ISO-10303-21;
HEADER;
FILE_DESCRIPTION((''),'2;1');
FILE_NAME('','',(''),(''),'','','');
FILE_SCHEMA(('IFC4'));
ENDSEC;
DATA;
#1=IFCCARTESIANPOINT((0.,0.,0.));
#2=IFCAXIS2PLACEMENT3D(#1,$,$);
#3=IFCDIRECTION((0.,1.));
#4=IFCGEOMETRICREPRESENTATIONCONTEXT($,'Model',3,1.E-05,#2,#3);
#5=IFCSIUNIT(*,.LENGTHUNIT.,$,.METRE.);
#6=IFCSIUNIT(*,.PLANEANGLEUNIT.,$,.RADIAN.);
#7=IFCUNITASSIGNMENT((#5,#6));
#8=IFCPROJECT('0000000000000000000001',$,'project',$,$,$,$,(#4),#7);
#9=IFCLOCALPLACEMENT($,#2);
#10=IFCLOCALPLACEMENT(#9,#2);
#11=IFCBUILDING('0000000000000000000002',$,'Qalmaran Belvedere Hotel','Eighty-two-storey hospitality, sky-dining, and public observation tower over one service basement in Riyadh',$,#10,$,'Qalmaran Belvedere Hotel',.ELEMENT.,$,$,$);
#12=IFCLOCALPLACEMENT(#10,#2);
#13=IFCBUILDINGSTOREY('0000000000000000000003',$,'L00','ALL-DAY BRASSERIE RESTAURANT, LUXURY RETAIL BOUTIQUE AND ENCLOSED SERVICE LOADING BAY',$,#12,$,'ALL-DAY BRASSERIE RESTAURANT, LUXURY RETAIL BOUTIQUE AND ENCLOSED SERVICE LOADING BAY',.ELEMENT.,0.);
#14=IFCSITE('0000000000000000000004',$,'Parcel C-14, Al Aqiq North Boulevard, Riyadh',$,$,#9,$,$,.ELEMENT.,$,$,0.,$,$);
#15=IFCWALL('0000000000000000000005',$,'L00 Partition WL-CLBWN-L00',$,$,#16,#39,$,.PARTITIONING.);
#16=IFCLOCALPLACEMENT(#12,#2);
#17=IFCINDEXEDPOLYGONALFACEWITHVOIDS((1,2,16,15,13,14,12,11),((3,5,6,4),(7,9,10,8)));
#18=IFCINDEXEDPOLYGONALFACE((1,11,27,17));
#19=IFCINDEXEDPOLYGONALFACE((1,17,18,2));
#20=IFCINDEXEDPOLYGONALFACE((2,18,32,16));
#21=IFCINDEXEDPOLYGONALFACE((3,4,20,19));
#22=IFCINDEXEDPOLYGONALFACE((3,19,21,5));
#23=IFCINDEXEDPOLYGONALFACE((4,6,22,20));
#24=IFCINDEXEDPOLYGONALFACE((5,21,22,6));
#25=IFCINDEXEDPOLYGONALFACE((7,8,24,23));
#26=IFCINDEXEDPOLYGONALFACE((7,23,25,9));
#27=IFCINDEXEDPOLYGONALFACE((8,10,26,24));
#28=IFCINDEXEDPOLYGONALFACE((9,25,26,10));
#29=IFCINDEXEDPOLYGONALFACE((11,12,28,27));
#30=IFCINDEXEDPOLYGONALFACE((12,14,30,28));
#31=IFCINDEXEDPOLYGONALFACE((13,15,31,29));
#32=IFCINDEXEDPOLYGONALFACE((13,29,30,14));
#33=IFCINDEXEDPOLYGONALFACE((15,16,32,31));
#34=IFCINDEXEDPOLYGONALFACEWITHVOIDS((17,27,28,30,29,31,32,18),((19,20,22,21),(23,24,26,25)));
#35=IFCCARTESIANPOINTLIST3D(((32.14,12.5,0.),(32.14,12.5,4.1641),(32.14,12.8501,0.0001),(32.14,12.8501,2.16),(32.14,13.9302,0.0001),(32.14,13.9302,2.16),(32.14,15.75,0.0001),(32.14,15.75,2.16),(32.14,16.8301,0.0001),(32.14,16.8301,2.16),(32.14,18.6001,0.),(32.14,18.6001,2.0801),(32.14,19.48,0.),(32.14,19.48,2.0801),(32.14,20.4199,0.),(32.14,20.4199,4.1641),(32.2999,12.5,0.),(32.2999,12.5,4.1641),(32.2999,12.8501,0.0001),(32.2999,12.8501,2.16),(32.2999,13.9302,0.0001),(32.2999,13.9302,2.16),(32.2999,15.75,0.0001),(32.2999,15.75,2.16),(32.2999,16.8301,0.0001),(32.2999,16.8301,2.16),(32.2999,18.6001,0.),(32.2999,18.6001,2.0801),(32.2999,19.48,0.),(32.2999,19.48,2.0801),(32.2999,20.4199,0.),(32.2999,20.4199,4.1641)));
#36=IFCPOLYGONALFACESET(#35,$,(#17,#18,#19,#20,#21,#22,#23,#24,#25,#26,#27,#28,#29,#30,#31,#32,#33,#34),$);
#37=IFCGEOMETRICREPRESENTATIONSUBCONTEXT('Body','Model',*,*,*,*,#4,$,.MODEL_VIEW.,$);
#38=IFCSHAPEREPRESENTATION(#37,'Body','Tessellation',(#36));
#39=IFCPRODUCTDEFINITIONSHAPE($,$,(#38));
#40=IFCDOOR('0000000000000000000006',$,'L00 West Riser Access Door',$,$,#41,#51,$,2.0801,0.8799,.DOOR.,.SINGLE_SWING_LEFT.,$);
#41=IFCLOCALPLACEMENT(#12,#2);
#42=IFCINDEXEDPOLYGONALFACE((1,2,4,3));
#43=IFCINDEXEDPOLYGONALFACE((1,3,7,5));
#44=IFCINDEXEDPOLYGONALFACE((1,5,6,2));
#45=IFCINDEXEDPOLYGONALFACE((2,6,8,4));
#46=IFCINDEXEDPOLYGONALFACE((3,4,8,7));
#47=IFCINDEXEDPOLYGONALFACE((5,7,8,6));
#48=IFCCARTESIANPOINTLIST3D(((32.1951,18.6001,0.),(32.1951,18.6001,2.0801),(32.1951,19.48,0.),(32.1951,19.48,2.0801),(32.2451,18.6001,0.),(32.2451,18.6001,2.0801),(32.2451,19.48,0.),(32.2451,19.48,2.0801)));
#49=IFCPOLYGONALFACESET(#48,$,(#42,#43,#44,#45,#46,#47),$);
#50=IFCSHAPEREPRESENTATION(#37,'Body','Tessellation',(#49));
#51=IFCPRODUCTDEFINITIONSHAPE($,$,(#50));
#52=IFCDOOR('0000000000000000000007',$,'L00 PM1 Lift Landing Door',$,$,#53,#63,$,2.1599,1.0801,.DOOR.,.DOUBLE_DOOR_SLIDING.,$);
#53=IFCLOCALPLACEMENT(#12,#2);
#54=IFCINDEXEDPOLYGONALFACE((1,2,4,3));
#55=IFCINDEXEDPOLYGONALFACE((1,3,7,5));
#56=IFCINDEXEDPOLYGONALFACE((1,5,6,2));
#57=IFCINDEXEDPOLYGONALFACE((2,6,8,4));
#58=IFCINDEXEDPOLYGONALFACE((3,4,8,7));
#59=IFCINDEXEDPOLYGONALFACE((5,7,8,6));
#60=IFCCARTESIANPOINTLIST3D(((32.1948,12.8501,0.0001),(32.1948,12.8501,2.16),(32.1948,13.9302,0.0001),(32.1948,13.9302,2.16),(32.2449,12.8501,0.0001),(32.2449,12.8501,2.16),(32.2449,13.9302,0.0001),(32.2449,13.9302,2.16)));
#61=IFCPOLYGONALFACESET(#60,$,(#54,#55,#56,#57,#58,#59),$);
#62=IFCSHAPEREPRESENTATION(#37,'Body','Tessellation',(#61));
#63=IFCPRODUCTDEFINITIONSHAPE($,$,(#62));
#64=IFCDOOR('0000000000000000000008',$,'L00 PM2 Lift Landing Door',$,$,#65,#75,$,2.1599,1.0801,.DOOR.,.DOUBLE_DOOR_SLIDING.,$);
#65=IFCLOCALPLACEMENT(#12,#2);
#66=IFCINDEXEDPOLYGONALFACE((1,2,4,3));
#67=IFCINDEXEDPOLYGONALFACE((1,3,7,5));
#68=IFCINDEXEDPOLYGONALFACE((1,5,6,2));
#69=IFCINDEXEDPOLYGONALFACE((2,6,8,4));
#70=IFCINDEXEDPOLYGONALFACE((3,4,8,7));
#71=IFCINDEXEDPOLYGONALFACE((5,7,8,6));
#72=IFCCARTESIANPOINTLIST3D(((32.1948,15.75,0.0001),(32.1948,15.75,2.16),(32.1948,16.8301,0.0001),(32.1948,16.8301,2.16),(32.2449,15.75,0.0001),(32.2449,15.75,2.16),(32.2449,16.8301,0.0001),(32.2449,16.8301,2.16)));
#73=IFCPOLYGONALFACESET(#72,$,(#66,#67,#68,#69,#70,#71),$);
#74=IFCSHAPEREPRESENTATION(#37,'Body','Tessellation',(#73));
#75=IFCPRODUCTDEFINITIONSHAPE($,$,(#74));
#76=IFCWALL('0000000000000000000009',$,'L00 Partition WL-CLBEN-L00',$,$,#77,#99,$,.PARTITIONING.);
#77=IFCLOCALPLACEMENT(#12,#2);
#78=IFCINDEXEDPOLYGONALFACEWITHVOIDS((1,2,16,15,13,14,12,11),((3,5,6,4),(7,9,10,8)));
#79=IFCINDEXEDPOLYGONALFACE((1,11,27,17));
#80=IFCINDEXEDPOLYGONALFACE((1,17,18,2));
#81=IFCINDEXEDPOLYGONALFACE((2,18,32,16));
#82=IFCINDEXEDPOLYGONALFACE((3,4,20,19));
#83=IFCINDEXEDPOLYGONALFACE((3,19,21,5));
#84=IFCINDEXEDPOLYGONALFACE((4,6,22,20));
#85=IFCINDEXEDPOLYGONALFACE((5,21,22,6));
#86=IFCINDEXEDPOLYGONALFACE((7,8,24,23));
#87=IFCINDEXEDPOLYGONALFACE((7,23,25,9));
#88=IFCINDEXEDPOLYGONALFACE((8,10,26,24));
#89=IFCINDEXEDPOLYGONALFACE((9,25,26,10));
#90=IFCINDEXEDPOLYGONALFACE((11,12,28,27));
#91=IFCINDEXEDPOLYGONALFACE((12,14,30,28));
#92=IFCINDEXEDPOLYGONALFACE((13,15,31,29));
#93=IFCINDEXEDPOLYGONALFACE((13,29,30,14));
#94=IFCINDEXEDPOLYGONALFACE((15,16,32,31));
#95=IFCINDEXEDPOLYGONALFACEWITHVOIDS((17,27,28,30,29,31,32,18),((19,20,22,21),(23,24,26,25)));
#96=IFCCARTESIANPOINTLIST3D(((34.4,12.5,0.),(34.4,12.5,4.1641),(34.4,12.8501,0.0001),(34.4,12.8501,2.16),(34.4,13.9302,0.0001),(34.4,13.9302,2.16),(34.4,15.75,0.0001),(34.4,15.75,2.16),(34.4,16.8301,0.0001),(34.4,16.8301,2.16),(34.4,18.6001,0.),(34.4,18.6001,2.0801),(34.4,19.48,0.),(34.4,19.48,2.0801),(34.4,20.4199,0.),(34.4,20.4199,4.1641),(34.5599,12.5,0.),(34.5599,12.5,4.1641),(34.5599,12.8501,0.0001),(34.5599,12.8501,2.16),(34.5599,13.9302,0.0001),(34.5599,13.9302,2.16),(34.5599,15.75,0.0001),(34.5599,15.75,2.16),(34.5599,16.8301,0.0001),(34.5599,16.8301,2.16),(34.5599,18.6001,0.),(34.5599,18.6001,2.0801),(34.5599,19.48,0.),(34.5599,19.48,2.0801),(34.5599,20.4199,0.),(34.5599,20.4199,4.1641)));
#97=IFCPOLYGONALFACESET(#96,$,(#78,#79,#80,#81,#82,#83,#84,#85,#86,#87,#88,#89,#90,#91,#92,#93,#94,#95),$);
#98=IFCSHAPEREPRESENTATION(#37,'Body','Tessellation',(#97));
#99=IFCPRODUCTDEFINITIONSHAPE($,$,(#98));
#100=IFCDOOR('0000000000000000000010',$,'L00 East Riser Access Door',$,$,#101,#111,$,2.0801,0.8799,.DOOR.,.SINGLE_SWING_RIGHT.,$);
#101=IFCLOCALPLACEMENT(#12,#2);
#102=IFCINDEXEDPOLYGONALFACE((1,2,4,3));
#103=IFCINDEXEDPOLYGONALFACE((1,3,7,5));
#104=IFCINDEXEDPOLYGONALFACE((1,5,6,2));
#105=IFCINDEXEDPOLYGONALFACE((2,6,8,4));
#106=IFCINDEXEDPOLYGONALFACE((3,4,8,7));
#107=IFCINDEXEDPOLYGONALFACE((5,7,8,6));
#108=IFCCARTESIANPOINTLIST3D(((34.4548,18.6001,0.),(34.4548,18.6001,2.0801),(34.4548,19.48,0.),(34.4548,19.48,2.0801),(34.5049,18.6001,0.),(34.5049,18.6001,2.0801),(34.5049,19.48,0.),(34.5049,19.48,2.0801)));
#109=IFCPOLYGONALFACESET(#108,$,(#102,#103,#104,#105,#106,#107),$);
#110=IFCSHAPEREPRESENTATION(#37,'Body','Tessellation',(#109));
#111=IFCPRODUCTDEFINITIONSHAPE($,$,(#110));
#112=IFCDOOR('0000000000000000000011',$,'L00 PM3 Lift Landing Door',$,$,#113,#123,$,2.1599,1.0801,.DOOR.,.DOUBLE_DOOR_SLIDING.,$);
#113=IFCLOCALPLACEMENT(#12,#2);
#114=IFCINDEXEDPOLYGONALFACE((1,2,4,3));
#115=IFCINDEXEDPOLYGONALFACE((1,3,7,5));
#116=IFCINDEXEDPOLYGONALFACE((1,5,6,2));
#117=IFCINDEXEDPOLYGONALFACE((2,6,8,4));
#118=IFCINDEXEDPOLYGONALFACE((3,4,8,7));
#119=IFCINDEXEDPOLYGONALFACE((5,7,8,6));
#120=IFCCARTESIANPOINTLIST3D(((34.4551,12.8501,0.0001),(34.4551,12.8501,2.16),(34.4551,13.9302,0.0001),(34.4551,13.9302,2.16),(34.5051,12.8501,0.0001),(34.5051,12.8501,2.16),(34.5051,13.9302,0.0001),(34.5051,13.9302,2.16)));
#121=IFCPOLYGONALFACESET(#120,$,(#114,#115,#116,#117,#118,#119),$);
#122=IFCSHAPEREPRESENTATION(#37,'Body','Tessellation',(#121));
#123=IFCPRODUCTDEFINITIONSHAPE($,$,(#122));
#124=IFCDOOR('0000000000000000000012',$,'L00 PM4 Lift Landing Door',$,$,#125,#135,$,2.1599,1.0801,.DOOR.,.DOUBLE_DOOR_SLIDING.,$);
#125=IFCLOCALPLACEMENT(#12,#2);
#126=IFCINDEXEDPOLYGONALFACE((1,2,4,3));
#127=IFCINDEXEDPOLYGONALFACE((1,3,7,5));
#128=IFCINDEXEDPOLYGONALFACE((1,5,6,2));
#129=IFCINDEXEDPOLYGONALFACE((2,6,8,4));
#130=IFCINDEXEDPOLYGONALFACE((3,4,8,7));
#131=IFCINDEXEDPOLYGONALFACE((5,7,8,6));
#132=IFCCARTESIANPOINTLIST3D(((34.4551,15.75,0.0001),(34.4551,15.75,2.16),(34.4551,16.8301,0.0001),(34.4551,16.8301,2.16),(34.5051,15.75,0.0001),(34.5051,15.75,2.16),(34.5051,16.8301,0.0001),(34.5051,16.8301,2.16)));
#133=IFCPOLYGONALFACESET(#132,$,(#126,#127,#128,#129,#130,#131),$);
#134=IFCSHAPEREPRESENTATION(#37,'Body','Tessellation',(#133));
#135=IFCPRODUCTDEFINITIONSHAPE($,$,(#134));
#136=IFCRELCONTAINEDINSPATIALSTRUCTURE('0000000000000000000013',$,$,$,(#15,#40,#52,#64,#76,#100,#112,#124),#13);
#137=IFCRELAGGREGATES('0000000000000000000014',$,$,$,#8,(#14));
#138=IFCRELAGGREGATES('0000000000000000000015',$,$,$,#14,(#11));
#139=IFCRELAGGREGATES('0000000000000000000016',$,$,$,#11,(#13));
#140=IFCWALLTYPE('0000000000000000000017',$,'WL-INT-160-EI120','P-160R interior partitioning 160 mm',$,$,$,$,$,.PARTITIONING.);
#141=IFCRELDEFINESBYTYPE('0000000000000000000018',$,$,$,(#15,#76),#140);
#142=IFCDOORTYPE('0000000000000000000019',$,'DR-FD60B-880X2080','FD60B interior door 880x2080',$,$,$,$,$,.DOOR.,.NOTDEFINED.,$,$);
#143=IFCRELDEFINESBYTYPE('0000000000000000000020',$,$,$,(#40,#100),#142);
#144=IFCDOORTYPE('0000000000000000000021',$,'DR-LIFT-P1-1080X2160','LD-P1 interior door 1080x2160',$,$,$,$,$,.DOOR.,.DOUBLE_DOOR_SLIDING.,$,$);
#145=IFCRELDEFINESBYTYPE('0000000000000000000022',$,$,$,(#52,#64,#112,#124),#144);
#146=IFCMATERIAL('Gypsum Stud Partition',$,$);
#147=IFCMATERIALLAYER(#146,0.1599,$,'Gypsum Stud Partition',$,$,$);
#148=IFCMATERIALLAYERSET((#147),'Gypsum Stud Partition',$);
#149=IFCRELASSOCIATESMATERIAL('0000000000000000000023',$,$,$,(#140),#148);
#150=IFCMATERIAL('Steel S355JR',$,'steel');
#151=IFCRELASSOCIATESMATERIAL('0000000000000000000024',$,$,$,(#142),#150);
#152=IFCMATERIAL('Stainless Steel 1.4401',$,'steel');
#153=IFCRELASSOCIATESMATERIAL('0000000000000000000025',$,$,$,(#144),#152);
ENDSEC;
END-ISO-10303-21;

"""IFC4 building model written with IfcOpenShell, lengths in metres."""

from ifc_helpers import new_model, si_unit, direction, frame, frame_2d, origin, place, context, subcontext, project, spatial, rectangle, extrude, material, layer, layer_set, type_object, element, fill, save


model = new_model("IFC4")

# Units and contexts
model_context = context("Model", 3, precision=1e-05, world=origin(), true_north=direction((0.0, 1.0)))
body_context = subcontext(model_context, "Body", "Model", "MODEL_VIEW")
ifc_project = project(units=[si_unit("LENGTHUNIT", "METRE"), si_unit("PLANEANGLEUNIT", "RADIAN")], contexts=[model_context])

# Site, building, storey
site_placement = place(None, origin())
site = spatial("IfcSite", under=ifc_project, at=site_placement, Name="Parcel C-14, Al Aqiq North Boulevard, Riyadh", CompositionType="ELEMENT", RefElevation=0.0)
building_placement = place(site_placement, origin())
building = spatial("IfcBuilding", under=site, at=building_placement, Name="Qalmaran Belvedere Hotel", Description="Eighty-two-storey hospitality, sky-dining, and public observation tower over one service basement in Riyadh", LongName="Qalmaran Belvedere Hotel", CompositionType="ELEMENT")
storey_placement = place(building_placement, origin())
storey = spatial("IfcBuildingStorey", under=building, at=storey_placement, Name="L00", Description="ALL-DAY BRASSERIE RESTAURANT, LUXURY RETAIL BOUTIQUE AND ENCLOSED SERVICE LOADING BAY", LongName="ALL-DAY BRASSERIE RESTAURANT, LUXURY RETAIL BOUTIQUE AND ENCLOSED SERVICE LOADING BAY", CompositionType="ELEMENT", Elevation=0.0)

# Shared definitions
ifc_material_1 = material(Name="Gypsum Stud Partition")

# Shared definitions
ifc_layer_1 = layer(ifc_material_1, 0.1599, Name="Gypsum Stud Partition")
ifc_layer_set_1 = layer_set([ifc_layer_1], Name="Gypsum Stud Partition")
wall_type_1 = type_object("IfcWallType", Name="WL-INT-160-EI120", Description="P-160R interior partitioning 160 mm", PredefinedType="PARTITIONING", material=ifc_layer_set_1)

# Walls, openings, doors
wall_1_placement = place(storey_placement, frame((32.22, 12.5, 0.0), z_axis=(0.0, 0.0, 1.0), x_axis=(0.0, 1.0, 0.0)))
wall_1 = element("IfcWall", 1, at=wall_1_placement, inside=storey, type_object=wall_type_1, Name="L00 Partition WL-CLBWN-L00", PredefinedType="PARTITIONING", context=body_context, shape_type="SweptSolid", body=[
    extrude(rectangle(XDim=7.9199, YDim=0.1599, at=frame_2d((3.96, 0.0))), origin(), (0.0, 0.0, 1.0), 4.1641),
])
opening_1_placement = place(wall_1_placement, frame((1.4302, 0.0, 0.0), z_axis=(0.0, 0.0, 1.0), x_axis=(-1.0, 0.0, 0.0)))
opening_1 = element("IfcOpeningElement", 2, at=opening_1_placement, cuts=wall_1, PredefinedType="OPENING", context=body_context, shape_type="SweptSolid", body=[
    extrude(rectangle(XDim=1.0801, YDim=2.1599, at=frame_2d((0.54, 1.0801))), frame((0.0, 0.0898, 0.0), z_axis=(0.0, -1.0, 0.0), x_axis=(1.0, 0.0, 0.0)), (0.0, 0.0, 1.0), 0.1799),
])
opening_2_placement = place(wall_1_placement, frame((4.3301, 0.0, 0.0), z_axis=(0.0, 0.0, 1.0), x_axis=(-1.0, 0.0, 0.0)))
opening_2 = element("IfcOpeningElement", 3, at=opening_2_placement, cuts=wall_1, PredefinedType="OPENING", context=body_context, shape_type="SweptSolid", body=[
    extrude(rectangle(XDim=1.0801, YDim=2.1599, at=frame_2d((0.54, 1.0801))), frame((0.0, 0.0898, 0.0), z_axis=(0.0, -1.0, 0.0), x_axis=(1.0, 0.0, 0.0)), (0.0, 0.0, 1.0), 0.1799),
])
opening_3_placement = place(wall_1_placement, frame((6.1001, 0.0, 0.0)))
opening_3 = element("IfcOpeningElement", 4, at=opening_3_placement, cuts=wall_1, PredefinedType="OPENING", context=body_context, shape_type="SweptSolid", body=[
    extrude(rectangle(XDim=0.8799, YDim=2.0801, at=frame_2d((0.4399, 1.04))), frame((0.0, 0.0898, 0.0), z_axis=(0.0, -1.0, 0.0), x_axis=(1.0, 0.0, 0.0)), (0.0, 0.0, 1.0), 0.1799),
])
ifc_material_2 = material(Name="Steel S355JR", Category="steel")
door_type_1 = type_object("IfcDoorType", Name="DR-FD60B-880X2080", Description="FD60B interior door 880x2080", OperationType="NOTDEFINED", PredefinedType="DOOR", material=ifc_material_2)
door_1_placement = place(opening_3_placement, origin())
door_1 = element("IfcDoor", 5, at=door_1_placement, inside=storey, type_object=door_type_1, Name="L00 West Riser Access Door", OperationType="SINGLE_SWING_LEFT", OverallHeight=2.0801, OverallWidth=0.8799, PredefinedType="DOOR", context=body_context, shape_type="SweptSolid", body=[
    extrude(rectangle(XDim=0.8799, YDim=2.0801, at=frame_2d((0.4399, 1.04))), frame((0.0, 0.0249, 0.0), z_axis=(0.0, -1.0, 0.0), x_axis=(1.0, 0.0, 0.0)), (0.0, 0.0, 1.0), 0.05),
])
fill(opening_3, door_1)
ifc_material_3 = material(Name="Stainless Steel 1.4401", Category="steel")
door_type_2 = type_object("IfcDoorType", Name="DR-LIFT-P1-1080X2160", Description="LD-P1 interior door 1080x2160", OperationType="DOUBLE_DOOR_SLIDING", PredefinedType="DOOR", material=ifc_material_3)
door_2_placement = place(opening_1_placement, origin())
door_2 = element("IfcDoor", 6, at=door_2_placement, inside=storey, type_object=door_type_2, Name="L00 PM1 Lift Landing Door", OperationType="DOUBLE_DOOR_SLIDING", OverallHeight=2.1599, OverallWidth=1.0801, PredefinedType="DOOR", context=body_context, shape_type="SweptSolid", body=[
    extrude(rectangle(XDim=1.0801, YDim=2.1599, at=frame_2d((0.54, 1.0801))), frame((0.0, 0.0249, 0.0), z_axis=(0.0, -1.0, 0.0), x_axis=(1.0, 0.0, 0.0)), (0.0, 0.0, 1.0), 0.05),
])
fill(opening_1, door_2)
door_3_placement = place(opening_2_placement, origin())
door_3 = element("IfcDoor", 7, at=door_3_placement, inside=storey, type_object=door_type_2, Name="L00 PM2 Lift Landing Door", OperationType="DOUBLE_DOOR_SLIDING", OverallHeight=2.1599, OverallWidth=1.0801, PredefinedType="DOOR", context=body_context, shape_type="SweptSolid", body=[
    extrude(rectangle(XDim=1.0801, YDim=2.1599, at=frame_2d((0.54, 1.0801))), frame((0.0, 0.0249, 0.0), z_axis=(0.0, -1.0, 0.0), x_axis=(1.0, 0.0, 0.0)), (0.0, 0.0, 1.0), 0.05),
])
fill(opening_2, door_3)
wall_2_placement = place(storey_placement, frame((34.48, 12.5, 0.0), z_axis=(0.0, 0.0, 1.0), x_axis=(0.0, 1.0, 0.0)))
wall_2 = element("IfcWall", 8, at=wall_2_placement, inside=storey, type_object=wall_type_1, Name="L00 Partition WL-CLBEN-L00", PredefinedType="PARTITIONING", context=body_context, shape_type="SweptSolid", body=[
    extrude(rectangle(XDim=7.9199, YDim=0.1599, at=frame_2d((3.96, 0.0))), origin(), (0.0, 0.0, 1.0), 4.1641),
])
opening_4_placement = place(wall_2_placement, frame((0.3501, 0.0, 0.0)))
opening_4 = element("IfcOpeningElement", 9, at=opening_4_placement, cuts=wall_2, PredefinedType="OPENING", context=body_context, shape_type="SweptSolid", body=[
    extrude(rectangle(XDim=1.0801, YDim=2.1599, at=frame_2d((0.54, 1.0801))), frame((0.0, 0.0898, 0.0), z_axis=(0.0, -1.0, 0.0), x_axis=(1.0, 0.0, 0.0)), (0.0, 0.0, 1.0), 0.1799),
])
opening_5_placement = place(wall_2_placement, frame((3.25, 0.0, 0.0)))
opening_5 = element("IfcOpeningElement", 10, at=opening_5_placement, cuts=wall_2, PredefinedType="OPENING", context=body_context, shape_type="SweptSolid", body=[
    extrude(rectangle(XDim=1.0801, YDim=2.1599, at=frame_2d((0.54, 1.0801))), frame((0.0, 0.0898, 0.0), z_axis=(0.0, -1.0, 0.0), x_axis=(1.0, 0.0, 0.0)), (0.0, 0.0, 1.0), 0.1799),
])
opening_6_placement = place(wall_2_placement, frame((6.98, 0.0, 0.0), z_axis=(0.0, 0.0, 1.0), x_axis=(-1.0, 0.0, 0.0)))
opening_6 = element("IfcOpeningElement", 11, at=opening_6_placement, cuts=wall_2, PredefinedType="OPENING", context=body_context, shape_type="SweptSolid", body=[
    extrude(rectangle(XDim=0.8799, YDim=2.0801, at=frame_2d((0.4399, 1.04))), frame((0.0, 0.0898, 0.0), z_axis=(0.0, -1.0, 0.0), x_axis=(1.0, 0.0, 0.0)), (0.0, 0.0, 1.0), 0.1799),
])
door_4_placement = place(opening_6_placement, origin())
door_4 = element("IfcDoor", 12, at=door_4_placement, inside=storey, type_object=door_type_1, Name="L00 East Riser Access Door", OperationType="SINGLE_SWING_RIGHT", OverallHeight=2.0801, OverallWidth=0.8799, PredefinedType="DOOR", context=body_context, shape_type="SweptSolid", body=[
    extrude(rectangle(XDim=0.8799, YDim=2.0801, at=frame_2d((0.4399, 1.04))), frame((0.0, 0.0249, 0.0), z_axis=(0.0, -1.0, 0.0), x_axis=(1.0, 0.0, 0.0)), (0.0, 0.0, 1.0), 0.05),
])
fill(opening_6, door_4)
door_5_placement = place(opening_4_placement, origin())
door_5 = element("IfcDoor", 13, at=door_5_placement, inside=storey, type_object=door_type_2, Name="L00 PM3 Lift Landing Door", OperationType="DOUBLE_DOOR_SLIDING", OverallHeight=2.1599, OverallWidth=1.0801, PredefinedType="DOOR", context=body_context, shape_type="SweptSolid", body=[
    extrude(rectangle(XDim=1.0801, YDim=2.1599, at=frame_2d((0.54, 1.0801))), frame((0.0, 0.0249, 0.0), z_axis=(0.0, -1.0, 0.0), x_axis=(1.0, 0.0, 0.0)), (0.0, 0.0, 1.0), 0.05),
])
fill(opening_4, door_5)
door_6_placement = place(opening_5_placement, origin())
door_6 = element("IfcDoor", 14, at=door_6_placement, inside=storey, type_object=door_type_2, Name="L00 PM4 Lift Landing Door", OperationType="DOUBLE_DOOR_SLIDING", OverallHeight=2.1599, OverallWidth=1.0801, PredefinedType="DOOR", context=body_context, shape_type="SweptSolid", body=[
    extrude(rectangle(XDim=1.0801, YDim=2.1599, at=frame_2d((0.54, 1.0801))), frame((0.0, 0.0249, 0.0), z_axis=(0.0, -1.0, 0.0), x_axis=(1.0, 0.0, 0.0)), (0.0, 0.0, 1.0), 0.05),
])
fill(opening_5, door_6)

save(model, "model.ifc")
